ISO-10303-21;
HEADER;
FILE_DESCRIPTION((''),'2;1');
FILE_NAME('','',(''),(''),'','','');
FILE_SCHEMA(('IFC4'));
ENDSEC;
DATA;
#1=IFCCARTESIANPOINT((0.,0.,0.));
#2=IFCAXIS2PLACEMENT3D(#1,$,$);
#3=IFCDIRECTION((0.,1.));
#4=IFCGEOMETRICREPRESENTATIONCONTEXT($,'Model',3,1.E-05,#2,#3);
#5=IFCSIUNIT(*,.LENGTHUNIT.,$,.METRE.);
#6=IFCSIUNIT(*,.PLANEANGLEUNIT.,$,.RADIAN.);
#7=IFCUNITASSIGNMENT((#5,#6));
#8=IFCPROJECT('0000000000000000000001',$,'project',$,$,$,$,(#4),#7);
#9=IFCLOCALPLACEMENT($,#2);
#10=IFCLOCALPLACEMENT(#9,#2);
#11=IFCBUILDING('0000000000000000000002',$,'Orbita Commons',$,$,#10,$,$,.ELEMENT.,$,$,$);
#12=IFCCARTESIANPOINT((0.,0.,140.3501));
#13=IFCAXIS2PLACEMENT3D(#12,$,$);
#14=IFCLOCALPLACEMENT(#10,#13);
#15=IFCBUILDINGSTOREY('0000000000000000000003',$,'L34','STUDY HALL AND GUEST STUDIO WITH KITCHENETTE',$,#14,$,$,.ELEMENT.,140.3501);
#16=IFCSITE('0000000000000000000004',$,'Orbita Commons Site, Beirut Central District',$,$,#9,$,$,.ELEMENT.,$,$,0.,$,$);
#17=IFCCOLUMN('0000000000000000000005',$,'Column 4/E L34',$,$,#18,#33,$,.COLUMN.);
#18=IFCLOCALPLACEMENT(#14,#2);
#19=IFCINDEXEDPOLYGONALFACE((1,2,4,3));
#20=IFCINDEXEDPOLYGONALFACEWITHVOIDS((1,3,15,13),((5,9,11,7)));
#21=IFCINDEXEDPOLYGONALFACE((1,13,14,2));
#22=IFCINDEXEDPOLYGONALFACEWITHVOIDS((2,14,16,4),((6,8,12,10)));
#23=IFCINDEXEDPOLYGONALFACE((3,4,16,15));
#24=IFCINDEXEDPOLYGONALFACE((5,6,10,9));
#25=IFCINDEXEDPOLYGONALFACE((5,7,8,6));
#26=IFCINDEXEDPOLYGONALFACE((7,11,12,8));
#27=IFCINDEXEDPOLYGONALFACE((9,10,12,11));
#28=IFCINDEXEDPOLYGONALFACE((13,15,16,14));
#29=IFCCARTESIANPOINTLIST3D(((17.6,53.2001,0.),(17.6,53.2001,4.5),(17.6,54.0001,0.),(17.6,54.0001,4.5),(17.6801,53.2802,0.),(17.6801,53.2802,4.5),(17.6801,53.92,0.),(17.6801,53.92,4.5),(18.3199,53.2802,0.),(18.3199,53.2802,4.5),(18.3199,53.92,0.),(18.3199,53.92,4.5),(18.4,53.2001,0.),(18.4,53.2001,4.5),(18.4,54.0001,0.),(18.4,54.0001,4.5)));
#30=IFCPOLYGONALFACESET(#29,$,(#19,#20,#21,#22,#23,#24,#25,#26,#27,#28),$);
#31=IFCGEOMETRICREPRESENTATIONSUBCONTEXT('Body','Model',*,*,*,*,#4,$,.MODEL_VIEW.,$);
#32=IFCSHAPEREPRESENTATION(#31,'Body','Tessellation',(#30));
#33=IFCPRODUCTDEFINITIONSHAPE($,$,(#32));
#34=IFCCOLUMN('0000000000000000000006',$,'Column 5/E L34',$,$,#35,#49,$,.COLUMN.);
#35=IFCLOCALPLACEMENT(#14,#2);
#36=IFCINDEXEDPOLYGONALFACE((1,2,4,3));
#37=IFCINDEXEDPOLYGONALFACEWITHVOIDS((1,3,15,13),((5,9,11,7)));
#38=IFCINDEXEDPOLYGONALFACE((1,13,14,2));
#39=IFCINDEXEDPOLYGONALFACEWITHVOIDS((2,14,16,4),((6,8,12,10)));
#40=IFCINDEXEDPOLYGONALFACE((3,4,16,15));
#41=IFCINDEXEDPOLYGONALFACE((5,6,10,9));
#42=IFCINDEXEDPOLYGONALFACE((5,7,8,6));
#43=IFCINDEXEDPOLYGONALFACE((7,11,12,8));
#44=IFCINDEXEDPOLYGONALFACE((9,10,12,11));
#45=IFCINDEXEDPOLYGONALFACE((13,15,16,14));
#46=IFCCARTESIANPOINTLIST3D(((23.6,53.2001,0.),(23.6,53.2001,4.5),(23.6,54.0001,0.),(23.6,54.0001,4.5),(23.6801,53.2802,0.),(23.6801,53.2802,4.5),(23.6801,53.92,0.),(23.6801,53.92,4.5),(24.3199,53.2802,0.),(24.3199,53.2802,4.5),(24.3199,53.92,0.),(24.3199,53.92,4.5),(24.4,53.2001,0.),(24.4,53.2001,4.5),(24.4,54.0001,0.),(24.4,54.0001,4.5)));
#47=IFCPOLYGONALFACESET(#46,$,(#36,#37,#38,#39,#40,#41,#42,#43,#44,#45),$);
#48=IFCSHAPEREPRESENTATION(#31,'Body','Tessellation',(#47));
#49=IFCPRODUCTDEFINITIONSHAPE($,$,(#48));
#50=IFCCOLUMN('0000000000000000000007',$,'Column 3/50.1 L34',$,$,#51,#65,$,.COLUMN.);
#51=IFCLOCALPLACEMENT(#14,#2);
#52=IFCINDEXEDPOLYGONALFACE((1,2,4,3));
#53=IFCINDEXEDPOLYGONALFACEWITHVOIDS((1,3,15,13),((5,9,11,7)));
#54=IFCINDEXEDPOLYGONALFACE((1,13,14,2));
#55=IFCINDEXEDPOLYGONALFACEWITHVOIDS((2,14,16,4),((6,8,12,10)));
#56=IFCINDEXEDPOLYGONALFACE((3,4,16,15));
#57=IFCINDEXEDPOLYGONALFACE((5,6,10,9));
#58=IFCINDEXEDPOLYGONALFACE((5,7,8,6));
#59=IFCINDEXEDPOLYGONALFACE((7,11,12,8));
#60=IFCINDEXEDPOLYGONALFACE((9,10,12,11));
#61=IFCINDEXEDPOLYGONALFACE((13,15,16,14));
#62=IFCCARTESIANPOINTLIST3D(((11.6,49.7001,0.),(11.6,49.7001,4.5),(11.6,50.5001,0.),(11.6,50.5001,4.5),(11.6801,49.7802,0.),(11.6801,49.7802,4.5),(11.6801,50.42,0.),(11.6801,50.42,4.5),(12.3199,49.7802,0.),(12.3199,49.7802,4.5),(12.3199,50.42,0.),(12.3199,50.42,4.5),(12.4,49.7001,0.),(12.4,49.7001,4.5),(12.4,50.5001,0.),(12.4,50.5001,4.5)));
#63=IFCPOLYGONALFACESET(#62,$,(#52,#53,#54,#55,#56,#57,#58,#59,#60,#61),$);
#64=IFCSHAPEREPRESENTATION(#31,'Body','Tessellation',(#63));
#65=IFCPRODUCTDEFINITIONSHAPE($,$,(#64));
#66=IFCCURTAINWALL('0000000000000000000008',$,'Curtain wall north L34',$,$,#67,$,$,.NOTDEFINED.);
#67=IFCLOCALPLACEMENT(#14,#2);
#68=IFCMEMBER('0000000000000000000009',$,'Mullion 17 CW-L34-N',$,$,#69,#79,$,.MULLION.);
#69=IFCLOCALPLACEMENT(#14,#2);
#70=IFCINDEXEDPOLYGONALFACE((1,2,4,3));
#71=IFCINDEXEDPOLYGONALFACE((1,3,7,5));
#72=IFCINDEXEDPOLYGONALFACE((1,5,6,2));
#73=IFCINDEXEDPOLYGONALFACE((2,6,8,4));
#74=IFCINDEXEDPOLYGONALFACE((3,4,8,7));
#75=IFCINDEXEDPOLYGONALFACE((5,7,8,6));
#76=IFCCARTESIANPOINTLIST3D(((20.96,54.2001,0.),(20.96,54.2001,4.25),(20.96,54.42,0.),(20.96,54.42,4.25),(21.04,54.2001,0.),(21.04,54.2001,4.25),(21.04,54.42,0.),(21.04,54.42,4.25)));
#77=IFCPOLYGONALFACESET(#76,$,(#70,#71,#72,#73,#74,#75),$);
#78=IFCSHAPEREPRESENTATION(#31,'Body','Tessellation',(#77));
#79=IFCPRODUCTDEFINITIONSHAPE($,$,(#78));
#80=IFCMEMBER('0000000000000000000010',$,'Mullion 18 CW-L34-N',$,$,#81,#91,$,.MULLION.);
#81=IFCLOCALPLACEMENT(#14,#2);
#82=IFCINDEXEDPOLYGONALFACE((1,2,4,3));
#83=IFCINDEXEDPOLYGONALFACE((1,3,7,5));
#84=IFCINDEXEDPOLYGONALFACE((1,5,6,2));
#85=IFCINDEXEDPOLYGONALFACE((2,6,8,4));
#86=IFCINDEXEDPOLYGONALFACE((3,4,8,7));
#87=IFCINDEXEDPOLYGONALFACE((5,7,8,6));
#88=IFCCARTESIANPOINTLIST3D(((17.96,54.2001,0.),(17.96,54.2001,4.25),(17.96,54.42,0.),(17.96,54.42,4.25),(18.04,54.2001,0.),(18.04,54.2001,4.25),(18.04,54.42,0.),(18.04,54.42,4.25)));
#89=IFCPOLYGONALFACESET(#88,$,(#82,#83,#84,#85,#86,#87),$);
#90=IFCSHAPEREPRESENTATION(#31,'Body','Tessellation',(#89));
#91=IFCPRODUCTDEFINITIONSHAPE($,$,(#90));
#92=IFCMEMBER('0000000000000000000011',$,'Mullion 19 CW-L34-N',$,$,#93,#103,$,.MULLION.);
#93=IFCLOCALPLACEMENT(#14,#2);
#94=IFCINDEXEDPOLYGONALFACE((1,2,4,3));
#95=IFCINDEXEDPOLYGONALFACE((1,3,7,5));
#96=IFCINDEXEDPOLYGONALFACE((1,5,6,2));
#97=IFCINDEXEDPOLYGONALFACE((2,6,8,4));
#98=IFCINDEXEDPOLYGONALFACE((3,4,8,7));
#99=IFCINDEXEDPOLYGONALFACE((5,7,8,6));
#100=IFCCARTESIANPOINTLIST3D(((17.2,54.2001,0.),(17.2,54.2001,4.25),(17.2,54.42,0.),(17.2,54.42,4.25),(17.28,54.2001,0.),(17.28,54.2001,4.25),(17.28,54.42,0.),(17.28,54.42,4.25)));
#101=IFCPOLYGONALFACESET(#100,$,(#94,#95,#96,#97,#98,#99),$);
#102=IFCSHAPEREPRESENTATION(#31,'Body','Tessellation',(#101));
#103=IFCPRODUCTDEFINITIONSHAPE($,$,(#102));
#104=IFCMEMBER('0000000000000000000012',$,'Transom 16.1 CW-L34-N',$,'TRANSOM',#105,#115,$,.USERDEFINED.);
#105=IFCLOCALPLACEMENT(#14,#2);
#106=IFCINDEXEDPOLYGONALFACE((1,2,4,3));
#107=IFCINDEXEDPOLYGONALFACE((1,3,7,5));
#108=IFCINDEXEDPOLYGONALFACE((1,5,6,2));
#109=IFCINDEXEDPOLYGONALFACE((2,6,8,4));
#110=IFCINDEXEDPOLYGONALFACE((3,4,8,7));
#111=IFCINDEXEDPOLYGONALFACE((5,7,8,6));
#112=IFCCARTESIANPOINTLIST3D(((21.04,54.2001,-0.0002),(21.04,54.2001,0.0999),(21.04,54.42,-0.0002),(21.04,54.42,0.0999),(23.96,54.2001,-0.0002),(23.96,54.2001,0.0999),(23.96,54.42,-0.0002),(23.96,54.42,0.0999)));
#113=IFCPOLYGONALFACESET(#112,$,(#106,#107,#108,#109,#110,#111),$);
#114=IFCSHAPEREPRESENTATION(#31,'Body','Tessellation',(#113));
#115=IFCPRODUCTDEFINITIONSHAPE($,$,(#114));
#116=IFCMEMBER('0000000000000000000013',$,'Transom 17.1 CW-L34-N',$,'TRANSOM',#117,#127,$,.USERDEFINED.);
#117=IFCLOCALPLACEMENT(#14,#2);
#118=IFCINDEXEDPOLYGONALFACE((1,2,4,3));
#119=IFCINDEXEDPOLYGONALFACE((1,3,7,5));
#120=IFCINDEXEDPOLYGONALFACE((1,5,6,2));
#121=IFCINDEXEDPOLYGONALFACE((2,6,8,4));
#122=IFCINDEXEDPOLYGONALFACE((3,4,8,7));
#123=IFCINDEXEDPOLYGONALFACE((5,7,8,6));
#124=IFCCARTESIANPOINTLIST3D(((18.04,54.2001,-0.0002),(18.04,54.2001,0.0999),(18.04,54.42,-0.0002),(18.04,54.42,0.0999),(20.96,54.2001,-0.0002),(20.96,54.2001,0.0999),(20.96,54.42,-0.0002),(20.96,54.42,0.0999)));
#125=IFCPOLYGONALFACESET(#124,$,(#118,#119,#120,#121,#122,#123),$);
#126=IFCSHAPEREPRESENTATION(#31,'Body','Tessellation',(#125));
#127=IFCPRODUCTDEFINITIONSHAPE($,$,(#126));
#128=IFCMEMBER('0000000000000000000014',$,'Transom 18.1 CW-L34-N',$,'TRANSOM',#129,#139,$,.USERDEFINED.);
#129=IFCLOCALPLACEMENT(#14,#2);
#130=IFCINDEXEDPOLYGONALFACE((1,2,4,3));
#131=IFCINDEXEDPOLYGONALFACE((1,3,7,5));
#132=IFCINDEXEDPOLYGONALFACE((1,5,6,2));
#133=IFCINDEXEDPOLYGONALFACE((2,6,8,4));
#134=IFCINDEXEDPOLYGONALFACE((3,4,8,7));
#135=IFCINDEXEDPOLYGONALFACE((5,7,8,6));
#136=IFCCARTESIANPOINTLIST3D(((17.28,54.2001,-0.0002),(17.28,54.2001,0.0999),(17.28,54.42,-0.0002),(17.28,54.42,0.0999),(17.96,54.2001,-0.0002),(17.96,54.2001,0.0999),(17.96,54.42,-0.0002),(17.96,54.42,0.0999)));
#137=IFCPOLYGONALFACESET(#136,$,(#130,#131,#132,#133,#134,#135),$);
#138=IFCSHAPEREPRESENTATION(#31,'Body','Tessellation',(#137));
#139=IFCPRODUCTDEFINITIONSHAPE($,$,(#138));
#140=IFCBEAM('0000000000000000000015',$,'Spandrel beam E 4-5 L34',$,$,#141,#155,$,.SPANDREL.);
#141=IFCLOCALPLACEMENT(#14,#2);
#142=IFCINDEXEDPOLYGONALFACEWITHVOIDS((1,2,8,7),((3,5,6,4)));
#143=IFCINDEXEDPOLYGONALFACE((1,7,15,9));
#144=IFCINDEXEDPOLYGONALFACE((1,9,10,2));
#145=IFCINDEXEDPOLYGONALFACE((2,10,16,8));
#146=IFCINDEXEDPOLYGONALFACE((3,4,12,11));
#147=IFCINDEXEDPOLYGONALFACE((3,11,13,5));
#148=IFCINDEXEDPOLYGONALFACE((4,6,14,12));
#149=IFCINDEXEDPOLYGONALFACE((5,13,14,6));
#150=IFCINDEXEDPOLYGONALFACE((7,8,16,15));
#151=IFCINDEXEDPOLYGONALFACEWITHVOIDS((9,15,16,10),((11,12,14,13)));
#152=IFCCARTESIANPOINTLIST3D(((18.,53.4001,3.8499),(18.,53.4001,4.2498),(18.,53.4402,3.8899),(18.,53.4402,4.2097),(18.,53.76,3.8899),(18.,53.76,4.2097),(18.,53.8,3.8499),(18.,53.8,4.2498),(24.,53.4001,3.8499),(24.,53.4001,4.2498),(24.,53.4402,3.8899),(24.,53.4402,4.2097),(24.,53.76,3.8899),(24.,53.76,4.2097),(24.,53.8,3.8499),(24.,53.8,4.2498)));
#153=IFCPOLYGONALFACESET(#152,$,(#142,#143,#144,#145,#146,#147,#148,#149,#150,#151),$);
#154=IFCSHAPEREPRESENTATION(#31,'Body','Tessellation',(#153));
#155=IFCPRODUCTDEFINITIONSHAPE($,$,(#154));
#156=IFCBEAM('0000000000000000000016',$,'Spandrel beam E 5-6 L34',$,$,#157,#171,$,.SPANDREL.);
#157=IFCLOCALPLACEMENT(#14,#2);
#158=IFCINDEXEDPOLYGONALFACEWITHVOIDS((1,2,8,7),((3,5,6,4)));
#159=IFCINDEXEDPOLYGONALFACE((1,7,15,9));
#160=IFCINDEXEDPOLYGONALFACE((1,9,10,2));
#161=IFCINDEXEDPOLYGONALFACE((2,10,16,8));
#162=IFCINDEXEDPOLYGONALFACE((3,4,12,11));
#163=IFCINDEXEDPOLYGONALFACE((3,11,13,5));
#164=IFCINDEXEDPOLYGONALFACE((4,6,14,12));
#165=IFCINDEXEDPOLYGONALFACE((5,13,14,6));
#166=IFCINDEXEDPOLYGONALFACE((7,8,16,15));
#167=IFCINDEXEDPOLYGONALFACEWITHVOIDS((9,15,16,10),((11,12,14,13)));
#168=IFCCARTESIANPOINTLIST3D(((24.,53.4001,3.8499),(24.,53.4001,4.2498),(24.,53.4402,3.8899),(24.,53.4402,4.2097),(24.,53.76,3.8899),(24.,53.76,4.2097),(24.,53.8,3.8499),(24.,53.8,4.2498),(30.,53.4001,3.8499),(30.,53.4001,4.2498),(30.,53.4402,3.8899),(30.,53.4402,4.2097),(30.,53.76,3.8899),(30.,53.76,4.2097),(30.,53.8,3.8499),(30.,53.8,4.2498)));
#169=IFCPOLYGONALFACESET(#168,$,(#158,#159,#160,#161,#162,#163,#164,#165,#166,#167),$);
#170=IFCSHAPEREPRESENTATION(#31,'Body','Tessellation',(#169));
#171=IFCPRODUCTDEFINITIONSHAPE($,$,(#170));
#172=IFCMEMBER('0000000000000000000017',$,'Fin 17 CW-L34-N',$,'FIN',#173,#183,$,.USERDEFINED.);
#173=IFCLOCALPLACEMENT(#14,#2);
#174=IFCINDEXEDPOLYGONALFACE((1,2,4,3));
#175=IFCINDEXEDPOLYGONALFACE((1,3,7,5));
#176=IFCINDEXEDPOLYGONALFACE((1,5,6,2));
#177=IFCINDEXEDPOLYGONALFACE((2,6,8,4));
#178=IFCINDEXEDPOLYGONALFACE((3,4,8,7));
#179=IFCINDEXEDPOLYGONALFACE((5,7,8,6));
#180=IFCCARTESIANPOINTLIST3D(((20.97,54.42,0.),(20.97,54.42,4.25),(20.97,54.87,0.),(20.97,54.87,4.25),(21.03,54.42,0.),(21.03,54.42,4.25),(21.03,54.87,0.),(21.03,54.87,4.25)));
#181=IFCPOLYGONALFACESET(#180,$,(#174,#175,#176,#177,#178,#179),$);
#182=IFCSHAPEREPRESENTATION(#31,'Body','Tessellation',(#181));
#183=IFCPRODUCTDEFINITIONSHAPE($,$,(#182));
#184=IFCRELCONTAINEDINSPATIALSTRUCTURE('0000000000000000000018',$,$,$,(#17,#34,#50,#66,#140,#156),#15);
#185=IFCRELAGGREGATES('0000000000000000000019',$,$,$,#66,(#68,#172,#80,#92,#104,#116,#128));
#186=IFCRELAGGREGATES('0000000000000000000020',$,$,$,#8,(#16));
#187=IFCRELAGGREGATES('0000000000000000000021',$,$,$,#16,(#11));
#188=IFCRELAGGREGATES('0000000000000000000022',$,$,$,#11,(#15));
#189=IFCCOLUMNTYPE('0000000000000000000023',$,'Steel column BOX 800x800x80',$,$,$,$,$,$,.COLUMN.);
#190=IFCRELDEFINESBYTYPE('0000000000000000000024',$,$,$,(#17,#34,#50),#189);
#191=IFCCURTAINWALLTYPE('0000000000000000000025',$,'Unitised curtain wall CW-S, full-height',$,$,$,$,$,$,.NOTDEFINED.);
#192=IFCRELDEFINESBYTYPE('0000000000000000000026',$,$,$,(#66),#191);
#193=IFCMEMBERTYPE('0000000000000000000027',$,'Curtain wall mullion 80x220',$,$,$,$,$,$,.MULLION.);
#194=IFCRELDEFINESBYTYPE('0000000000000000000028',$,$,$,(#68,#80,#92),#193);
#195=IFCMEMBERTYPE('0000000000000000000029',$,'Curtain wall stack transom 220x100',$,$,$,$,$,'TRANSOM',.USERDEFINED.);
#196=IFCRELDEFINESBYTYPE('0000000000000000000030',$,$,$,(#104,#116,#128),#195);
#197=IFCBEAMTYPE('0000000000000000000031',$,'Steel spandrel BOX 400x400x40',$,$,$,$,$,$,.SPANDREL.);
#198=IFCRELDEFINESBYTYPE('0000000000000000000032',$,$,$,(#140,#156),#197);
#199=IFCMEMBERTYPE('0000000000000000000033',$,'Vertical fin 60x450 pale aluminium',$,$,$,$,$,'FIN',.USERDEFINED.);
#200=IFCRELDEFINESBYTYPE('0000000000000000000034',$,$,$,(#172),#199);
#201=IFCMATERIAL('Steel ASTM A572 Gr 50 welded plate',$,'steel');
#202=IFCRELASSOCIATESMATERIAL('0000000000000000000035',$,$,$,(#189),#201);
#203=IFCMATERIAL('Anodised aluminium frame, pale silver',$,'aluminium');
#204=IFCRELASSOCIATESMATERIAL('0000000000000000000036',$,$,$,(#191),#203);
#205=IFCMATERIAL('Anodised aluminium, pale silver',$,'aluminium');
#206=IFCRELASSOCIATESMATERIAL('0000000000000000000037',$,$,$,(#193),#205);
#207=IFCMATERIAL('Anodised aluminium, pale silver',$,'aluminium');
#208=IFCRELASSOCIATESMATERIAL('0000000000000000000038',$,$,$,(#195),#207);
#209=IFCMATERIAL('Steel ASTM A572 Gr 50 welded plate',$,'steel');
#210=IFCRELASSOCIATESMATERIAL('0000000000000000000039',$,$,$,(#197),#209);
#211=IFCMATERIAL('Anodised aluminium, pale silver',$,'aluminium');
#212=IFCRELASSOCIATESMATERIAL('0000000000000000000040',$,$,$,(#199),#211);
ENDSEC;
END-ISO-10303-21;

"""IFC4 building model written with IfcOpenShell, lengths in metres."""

from ifc_helpers import new_model, si_unit, direction, frame, origin, origin_2d, place, context, subcontext, project, spatial, rectangle, hollow_rectangle, extrude, material, material_profile, profile_set, type_object, element, aggregate, save


model = new_model("IFC4")

# Units and contexts
model_context = context("Model", 3, precision=1e-05, world=origin(), true_north=direction((0.0, 1.0)))
body_context = subcontext(model_context, "Body", "Model", "MODEL_VIEW")
ifc_project = project(units=[si_unit("LENGTHUNIT", "METRE"), si_unit("PLANEANGLEUNIT", "RADIAN")], contexts=[model_context])

# Site, building, storey
site_placement = place(None, origin())
site = spatial("IfcSite", under=ifc_project, at=site_placement, Name="Orbita Commons Site, Beirut Central District", CompositionType="ELEMENT", RefElevation=0.0)
building_placement = place(site_placement, origin())
building = spatial("IfcBuilding", under=site, at=building_placement, Name="Orbita Commons", CompositionType="ELEMENT")
storey_placement = place(building_placement, frame((0.0, 0.0, 140.3501)))
storey = spatial("IfcBuildingStorey", under=building, at=storey_placement, Name="L34", Description="STUDY HALL AND GUEST STUDIO WITH KITCHENETTE", CompositionType="ELEMENT", Elevation=140.3501)

# Columns
ifc_material_1 = material(Name="Steel ASTM A572 Gr 50 welded plate", Category="steel")
ifc_material_profile_1 = material_profile(ifc_material_1, hollow_rectangle(XDim=0.8, YDim=0.8, WallThickness=0.0801, at=origin_2d()), Name="BOX 800x800x80")
ifc_profile_set_1 = profile_set([ifc_material_profile_1], Name="Steel ASTM A572 Gr 50 welded plate")
column_type = type_object("IfcColumnType", Name="Steel column BOX 800x800x80", PredefinedType="COLUMN", material=ifc_profile_set_1)
for number, where, z_axis, x_axis, name in (
    (1, (18.0, 53.6001, 0.0), (0.0, 0.0, 1.0), (1.0, 0.0, 0.0), "Column 4/E L34"),
    (2, (24.0, 53.6001, 0.0), (0.0, 0.0, 1.0), (1.0, 0.0, 0.0), "Column 5/E L34"),
    (3, (12.0, 50.1001, 0.0), (0.0, 0.0, 1.0), (1.0, 0.0, 0.0), "Column 3/50.1 L34"),
):
    element("IfcColumn", number, at=place(storey_placement, frame(where, z_axis=z_axis, x_axis=x_axis)), inside=storey, type_object=column_type, Name=name, PredefinedType="COLUMN", context=body_context, shape_type="SweptSolid", body=[
        extrude(hollow_rectangle(XDim=0.8, YDim=0.8, WallThickness=0.0801, at=origin_2d()), origin(), (0.0, 0.0, 1.0), 4.5),
    ])

# Curtain wall, members
ifc_material_2 = material(Name="Anodised aluminium frame, pale silver", Category="aluminium")
curtain_wall_type = type_object("IfcCurtainWallType", Name="Unitised curtain wall CW-S, full-height", PredefinedType="NOTDEFINED", material=ifc_material_2)
curtain_wall_placement = place(storey_placement, origin())
curtain_wall = element("IfcCurtainWall", 4, at=curtain_wall_placement, inside=storey, type_object=curtain_wall_type, Name="Curtain wall north L34", PredefinedType="NOTDEFINED")
ifc_material_3 = material(Name="Anodised aluminium, pale silver", Category="aluminium")
ifc_material_profile_2 = material_profile(ifc_material_3, rectangle(XDim=0.0801, YDim=0.22, at=origin_2d()), Name="AL 80x220")
ifc_profile_set_2 = profile_set([ifc_material_profile_2], Name="Anodised aluminium, pale silver")
member_type_1 = type_object("IfcMemberType", Name="Curtain wall mullion 80x220", PredefinedType="MULLION", material=ifc_profile_set_2)
member_1_placement = place(storey_placement, frame((21.0, 54.3101, 0.0), z_axis=(0.0, 0.0, 1.0), x_axis=(-1.0, 0.0, 0.0)))
member_1 = element("IfcMember", 5, at=member_1_placement, type_object=member_type_1, Name="Mullion 17 CW-L34-N", PredefinedType="MULLION", context=body_context, shape_type="SweptSolid", body=[
    extrude(rectangle(XDim=0.0801, YDim=0.22, at=origin_2d()), origin(), (0.0, 0.0, 1.0), 4.25),
])
member_2_placement = place(storey_placement, frame((18.0, 54.3101, 0.0), z_axis=(0.0, 0.0, 1.0), x_axis=(-1.0, 0.0, 0.0)))
member_2 = element("IfcMember", 6, at=member_2_placement, type_object=member_type_1, Name="Mullion 18 CW-L34-N", PredefinedType="MULLION", context=body_context, shape_type="SweptSolid", body=[
    extrude(rectangle(XDim=0.0801, YDim=0.22, at=origin_2d()), origin(), (0.0, 0.0, 1.0), 4.25),
])
member_3_placement = place(storey_placement, frame((17.24, 54.3101, 0.0), z_axis=(0.0, 0.0, 1.0), x_axis=(-1.0, 0.0, 0.0)))
member_3 = element("IfcMember", 7, at=member_3_placement, type_object=member_type_1, Name="Mullion 19 CW-L34-N", PredefinedType="MULLION", context=body_context, shape_type="SweptSolid", body=[
    extrude(rectangle(XDim=0.0801, YDim=0.22, at=origin_2d()), origin(), (0.0, 0.0, 1.0), 4.25),
])
ifc_material_4 = material(Name="Anodised aluminium, pale silver", Category="aluminium")
ifc_material_profile_3 = material_profile(ifc_material_4, rectangle(XDim=0.22, YDim=0.1001, at=origin_2d()), Name="AL 220x100")
ifc_profile_set_3 = profile_set([ifc_material_profile_3], Name="Anodised aluminium, pale silver")
member_type_2 = type_object("IfcMemberType", Name="Curtain wall stack transom 220x100", ElementType="TRANSOM", PredefinedType="USERDEFINED", material=ifc_profile_set_3)
member_4_placement = place(storey_placement, frame((23.96, 54.3101, 0.0498), z_axis=(-1.0, 0.0, 0.0), x_axis=(0.0, -1.0, 0.0)))
member_4 = element("IfcMember", 8, at=member_4_placement, type_object=member_type_2, Name="Transom 16.1 CW-L34-N", ObjectType="TRANSOM", PredefinedType="USERDEFINED", context=body_context, shape_type="SweptSolid", body=[
    extrude(rectangle(XDim=0.22, YDim=0.1001, at=origin_2d()), origin(), (0.0, 0.0, 1.0), 2.9199),
])
member_5_placement = place(storey_placement, frame((20.96, 54.3101, 0.0498), z_axis=(-1.0, 0.0, 0.0), x_axis=(0.0, -1.0, 0.0)))
member_5 = element("IfcMember", 9, at=member_5_placement, type_object=member_type_2, Name="Transom 17.1 CW-L34-N", ObjectType="TRANSOM", PredefinedType="USERDEFINED", context=body_context, shape_type="SweptSolid", body=[
    extrude(rectangle(XDim=0.22, YDim=0.1001, at=origin_2d()), origin(), (0.0, 0.0, 1.0), 2.9199),
])
member_6_placement = place(storey_placement, frame((17.96, 54.3101, 0.0498), z_axis=(-1.0, 0.0, 0.0), x_axis=(0.0, -1.0, 0.0)))
member_6 = element("IfcMember", 10, at=member_6_placement, type_object=member_type_2, Name="Transom 18.1 CW-L34-N", ObjectType="TRANSOM", PredefinedType="USERDEFINED", context=body_context, shape_type="SweptSolid", body=[
    extrude(rectangle(XDim=0.22, YDim=0.1001, at=origin_2d()), origin(), (0.0, 0.0, 1.0), 0.6799),
])

# Beams
ifc_material_5 = material(Name="Steel ASTM A572 Gr 50 welded plate", Category="steel")
ifc_material_profile_4 = material_profile(ifc_material_5, hollow_rectangle(XDim=0.3999, YDim=0.3999, WallThickness=0.04, at=origin_2d()), Name="BOX 400x400x40")
ifc_profile_set_4 = profile_set([ifc_material_profile_4], Name="Steel ASTM A572 Gr 50 welded plate")
beam_type = type_object("IfcBeamType", Name="Steel spandrel BOX 400x400x40", PredefinedType="SPANDREL", material=ifc_profile_set_4)
for number, where, z_axis, x_axis, name in (
    (11, (18.0, 53.6001, 4.0498), (1.0, 0.0, 0.0), (0.0, 1.0, 0.0), "Spandrel beam E 4-5 L34"),
    (12, (24.0, 53.6001, 4.0498), (1.0, 0.0, 0.0), (0.0, 1.0, 0.0), "Spandrel beam E 5-6 L34"),
):
    element("IfcBeam", number, at=place(storey_placement, frame(where, z_axis=z_axis, x_axis=x_axis)), inside=storey, type_object=beam_type, Name=name, PredefinedType="SPANDREL", context=body_context, shape_type="SweptSolid", body=[
        extrude(hollow_rectangle(XDim=0.3999, YDim=0.3999, WallThickness=0.04, at=origin_2d()), origin(), (0.0, 0.0, 1.0), 6.0),
    ])

# Member
ifc_material_6 = material(Name="Anodised aluminium, pale silver", Category="aluminium")
ifc_material_profile_5 = material_profile(ifc_material_6, rectangle(XDim=0.0601, YDim=0.45, at=origin_2d()), Name="FIN 60x450")
ifc_profile_set_5 = profile_set([ifc_material_profile_5], Name="Anodised aluminium, pale silver")
member_type_3 = type_object("IfcMemberType", Name="Vertical fin 60x450 pale aluminium", ElementType="FIN", PredefinedType="USERDEFINED", material=ifc_profile_set_5)
member_7_placement = place(storey_placement, frame((21.0, 54.645, 0.0), z_axis=(0.0, 0.0, 1.0), x_axis=(-1.0, 0.0, 0.0)))
member_7 = element("IfcMember", 13, at=member_7_placement, type_object=member_type_3, Name="Fin 17 CW-L34-N", ObjectType="FIN", PredefinedType="USERDEFINED", context=body_context, shape_type="SweptSolid", body=[
    extrude(rectangle(XDim=0.0601, YDim=0.45, at=origin_2d()), origin(), (0.0, 0.0, 1.0), 4.25),
])

aggregate(curtain_wall, [member_1, member_7, member_2, member_3, member_4, member_5, member_6])

save(model, "model.ifc")
